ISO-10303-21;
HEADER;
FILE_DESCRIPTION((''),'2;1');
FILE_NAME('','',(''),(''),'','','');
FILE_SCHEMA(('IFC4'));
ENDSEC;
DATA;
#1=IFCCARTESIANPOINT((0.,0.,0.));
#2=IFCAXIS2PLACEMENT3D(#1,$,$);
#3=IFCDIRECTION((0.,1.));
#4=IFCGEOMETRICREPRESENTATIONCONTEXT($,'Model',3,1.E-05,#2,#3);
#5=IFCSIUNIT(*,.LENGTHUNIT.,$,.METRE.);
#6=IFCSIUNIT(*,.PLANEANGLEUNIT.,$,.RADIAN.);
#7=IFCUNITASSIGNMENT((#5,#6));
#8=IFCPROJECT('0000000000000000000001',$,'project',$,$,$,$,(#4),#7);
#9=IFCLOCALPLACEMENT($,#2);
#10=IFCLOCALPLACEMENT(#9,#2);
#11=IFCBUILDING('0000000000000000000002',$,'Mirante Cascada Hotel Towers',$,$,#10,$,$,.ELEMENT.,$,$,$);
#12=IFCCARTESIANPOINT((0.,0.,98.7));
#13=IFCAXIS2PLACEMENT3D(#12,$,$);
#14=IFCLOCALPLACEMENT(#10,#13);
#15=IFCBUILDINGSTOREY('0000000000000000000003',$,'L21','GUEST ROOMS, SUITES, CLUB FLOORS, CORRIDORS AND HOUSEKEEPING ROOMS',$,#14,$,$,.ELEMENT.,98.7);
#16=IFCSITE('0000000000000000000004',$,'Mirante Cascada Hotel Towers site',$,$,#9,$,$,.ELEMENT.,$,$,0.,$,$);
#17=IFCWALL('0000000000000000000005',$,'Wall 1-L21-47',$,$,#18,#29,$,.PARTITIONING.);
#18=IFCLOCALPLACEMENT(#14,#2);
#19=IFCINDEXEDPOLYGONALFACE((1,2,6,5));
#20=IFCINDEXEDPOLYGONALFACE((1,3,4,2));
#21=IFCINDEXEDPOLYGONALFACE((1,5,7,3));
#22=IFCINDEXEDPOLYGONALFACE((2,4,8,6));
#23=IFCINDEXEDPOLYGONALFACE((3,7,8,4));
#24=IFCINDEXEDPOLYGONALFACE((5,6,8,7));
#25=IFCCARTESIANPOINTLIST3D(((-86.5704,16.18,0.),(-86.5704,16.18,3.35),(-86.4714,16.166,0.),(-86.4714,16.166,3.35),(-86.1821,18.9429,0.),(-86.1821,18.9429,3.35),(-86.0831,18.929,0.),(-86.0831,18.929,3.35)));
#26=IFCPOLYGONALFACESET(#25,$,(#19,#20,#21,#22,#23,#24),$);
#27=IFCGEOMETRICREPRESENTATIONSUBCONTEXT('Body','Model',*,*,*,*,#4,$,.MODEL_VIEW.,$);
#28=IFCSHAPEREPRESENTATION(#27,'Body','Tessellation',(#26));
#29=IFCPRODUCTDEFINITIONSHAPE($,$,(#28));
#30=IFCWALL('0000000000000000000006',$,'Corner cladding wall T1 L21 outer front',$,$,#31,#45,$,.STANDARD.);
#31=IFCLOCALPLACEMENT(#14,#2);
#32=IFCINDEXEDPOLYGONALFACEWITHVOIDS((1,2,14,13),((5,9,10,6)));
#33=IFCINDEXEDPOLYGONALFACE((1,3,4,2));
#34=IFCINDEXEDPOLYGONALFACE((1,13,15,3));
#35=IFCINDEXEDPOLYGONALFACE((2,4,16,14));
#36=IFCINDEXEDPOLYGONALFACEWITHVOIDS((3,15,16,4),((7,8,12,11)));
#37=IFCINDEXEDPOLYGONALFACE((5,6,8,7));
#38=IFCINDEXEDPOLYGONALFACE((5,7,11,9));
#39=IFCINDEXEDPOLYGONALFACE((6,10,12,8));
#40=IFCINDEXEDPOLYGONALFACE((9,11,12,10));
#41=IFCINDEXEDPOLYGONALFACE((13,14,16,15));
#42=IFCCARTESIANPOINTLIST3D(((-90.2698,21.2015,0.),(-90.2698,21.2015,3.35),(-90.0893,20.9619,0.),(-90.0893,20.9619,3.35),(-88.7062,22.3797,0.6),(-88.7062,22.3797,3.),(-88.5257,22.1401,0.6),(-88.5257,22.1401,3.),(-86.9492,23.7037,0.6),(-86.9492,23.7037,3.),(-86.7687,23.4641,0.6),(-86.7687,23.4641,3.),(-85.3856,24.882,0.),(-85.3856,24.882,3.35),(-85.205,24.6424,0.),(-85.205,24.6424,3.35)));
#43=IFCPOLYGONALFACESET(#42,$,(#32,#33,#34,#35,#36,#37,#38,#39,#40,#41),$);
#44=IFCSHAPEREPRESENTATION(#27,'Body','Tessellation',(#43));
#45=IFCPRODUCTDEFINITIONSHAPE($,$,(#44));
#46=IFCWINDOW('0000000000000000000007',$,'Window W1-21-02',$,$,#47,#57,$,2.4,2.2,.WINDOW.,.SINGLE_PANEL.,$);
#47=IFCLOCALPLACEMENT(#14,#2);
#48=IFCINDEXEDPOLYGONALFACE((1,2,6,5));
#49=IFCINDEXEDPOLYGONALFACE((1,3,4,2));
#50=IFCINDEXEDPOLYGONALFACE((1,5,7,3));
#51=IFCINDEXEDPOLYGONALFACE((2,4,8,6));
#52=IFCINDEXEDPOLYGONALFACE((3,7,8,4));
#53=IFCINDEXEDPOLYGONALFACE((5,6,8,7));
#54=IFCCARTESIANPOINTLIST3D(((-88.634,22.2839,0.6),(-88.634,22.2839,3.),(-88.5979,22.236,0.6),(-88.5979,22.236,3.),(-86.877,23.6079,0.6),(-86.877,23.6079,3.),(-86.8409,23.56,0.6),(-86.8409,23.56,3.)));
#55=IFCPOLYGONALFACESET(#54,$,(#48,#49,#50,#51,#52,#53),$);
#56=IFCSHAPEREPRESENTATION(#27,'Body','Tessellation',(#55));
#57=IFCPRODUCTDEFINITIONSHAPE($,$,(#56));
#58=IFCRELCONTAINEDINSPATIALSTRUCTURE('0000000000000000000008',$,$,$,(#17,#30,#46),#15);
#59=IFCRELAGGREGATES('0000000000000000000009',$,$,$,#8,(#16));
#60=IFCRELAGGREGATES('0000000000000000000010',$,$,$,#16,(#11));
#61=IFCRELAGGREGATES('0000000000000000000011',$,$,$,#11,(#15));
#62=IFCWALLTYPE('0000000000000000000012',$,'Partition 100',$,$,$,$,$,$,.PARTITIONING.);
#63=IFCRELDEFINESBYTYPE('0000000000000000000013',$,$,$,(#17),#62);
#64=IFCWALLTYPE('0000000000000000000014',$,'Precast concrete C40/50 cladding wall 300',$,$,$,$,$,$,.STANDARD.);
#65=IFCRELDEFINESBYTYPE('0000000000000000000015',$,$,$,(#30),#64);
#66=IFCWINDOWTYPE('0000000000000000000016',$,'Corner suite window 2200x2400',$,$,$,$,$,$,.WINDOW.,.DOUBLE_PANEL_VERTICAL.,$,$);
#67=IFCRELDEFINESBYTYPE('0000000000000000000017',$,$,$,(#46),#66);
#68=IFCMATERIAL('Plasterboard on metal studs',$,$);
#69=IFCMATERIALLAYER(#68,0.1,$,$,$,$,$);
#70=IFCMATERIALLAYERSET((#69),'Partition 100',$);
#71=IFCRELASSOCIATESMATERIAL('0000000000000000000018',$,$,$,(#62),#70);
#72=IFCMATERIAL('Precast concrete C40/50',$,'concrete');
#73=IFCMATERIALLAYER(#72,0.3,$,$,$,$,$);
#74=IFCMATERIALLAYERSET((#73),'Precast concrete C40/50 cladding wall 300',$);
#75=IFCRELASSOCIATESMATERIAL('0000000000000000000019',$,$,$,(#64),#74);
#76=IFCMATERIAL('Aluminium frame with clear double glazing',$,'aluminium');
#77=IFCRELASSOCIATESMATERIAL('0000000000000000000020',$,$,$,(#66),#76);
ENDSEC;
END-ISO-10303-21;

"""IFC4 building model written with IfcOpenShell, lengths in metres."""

from ifc_helpers import new_model, si_unit, direction, frame, frame_2d, origin, place, context, subcontext, project, spatial, rectangle, extrude, material, layer, layer_set, type_object, element, fill, save


model = new_model("IFC4")

# Units and contexts
model_context = context("Model", 3, precision=1e-05, world=origin(), true_north=direction((0.0, 1.0)))
body_context = subcontext(model_context, "Body", "Model", "MODEL_VIEW")
ifc_project = project(units=[si_unit("LENGTHUNIT", "METRE"), si_unit("PLANEANGLEUNIT", "RADIAN")], contexts=[model_context])

# Site, building, storey
site_placement = place(None, origin())
site = spatial("IfcSite", under=ifc_project, at=site_placement, Name="Mirante Cascada Hotel Towers site", CompositionType="ELEMENT", RefElevation=0.0)
building_placement = place(site_placement, origin())
building = spatial("IfcBuilding", under=site, at=building_placement, Name="Mirante Cascada Hotel Towers", CompositionType="ELEMENT")
storey_placement = place(building_placement, frame((0.0, 0.0, 98.7)))
storey = spatial("IfcBuildingStorey", under=building, at=storey_placement, Name="L21", Description="GUEST ROOMS, SUITES, CLUB FLOORS, CORRIDORS AND HOUSEKEEPING ROOMS", CompositionType="ELEMENT", Elevation=98.7)

# Shared definitions
ifc_material_1 = material(Name="Plasterboard on metal studs")
ifc_layer_1 = layer(ifc_material_1, 0.1)
ifc_layer_set_1 = layer_set([ifc_layer_1], Name="Partition 100")
wall_type_1 = type_object("IfcWallType", Name="Partition 100", PredefinedType="PARTITIONING", material=ifc_layer_set_1)

# Wall
wall_1_placement = place(storey_placement, frame((-86.1326, 18.9359, 0.0), z_axis=(0.0, 0.0, 1.0), x_axis=(-0.139173, -0.990268, 0.0)))
element("IfcWall", 1, at=wall_1_placement, inside=storey, type_object=wall_type_1, Name="Wall 1-L21-47", PredefinedType="PARTITIONING", context=body_context, shape_type="SweptSolid", body=[
    extrude(rectangle(XDim=2.7901, YDim=0.1, at=frame_2d((1.395, 0.0))), origin(), (0.0, 0.0, 1.0), 3.35),
])

# Wall, opening, window
ifc_material_2 = material(Name="Precast concrete C40/50", Category="concrete")
ifc_layer_2 = layer(ifc_material_2, 0.3)
ifc_layer_set_2 = layer_set([ifc_layer_2], Name="Precast concrete C40/50 cladding wall 300")
wall_type_2 = type_object("IfcWallType", Name="Precast concrete C40/50 cladding wall 300", PredefinedType="STANDARD", material=ifc_layer_set_2)
wall_2_placement = place(storey_placement, frame((-90.1795, 21.0817, 0.0), z_axis=(0.0, 0.0, 1.0), x_axis=(0.798636, 0.601814, 0.0)))
wall_2 = element("IfcWall", 2, at=wall_2_placement, inside=storey, type_object=wall_type_2, Name="Corner cladding wall T1 L21 outer front", PredefinedType="STANDARD", context=body_context, shape_type="SweptSolid", body=[
    extrude(rectangle(XDim=6.1157, YDim=0.3, at=frame_2d((3.0578, 0.0))), origin(), (0.0, 0.0, 1.0), 3.35),
])
opening_1_placement = place(wall_2_placement, frame((1.9578, 0.0, 0.6)))
opening_1 = element("IfcOpeningElement", 3, at=opening_1_placement, cuts=wall_2, PredefinedType="OPENING", context=body_context, shape_type="SweptSolid", body=[
    extrude(rectangle(XDim=2.2, YDim=2.4, at=frame_2d((1.1, 1.2))), frame((0.0, 0.15, 0.0), z_axis=(0.0, -1.0, 0.0), x_axis=(1.0, 0.0, 0.0)), (0.0, 0.0, 1.0), 0.3),
])
ifc_material_3 = material(Name="Aluminium frame with clear double glazing", Category="aluminium")
window_type = type_object("IfcWindowType", Name="Corner suite window 2200x2400", PartitioningType="DOUBLE_PANEL_VERTICAL", PredefinedType="WINDOW", material=ifc_material_3)
window_placement = place(opening_1_placement, origin())
window = element("IfcWindow", 4, at=window_placement, inside=storey, type_object=window_type, Name="Window W1-21-02", OverallHeight=2.4, OverallWidth=2.2, PartitioningType="SINGLE_PANEL", PredefinedType="WINDOW", context=body_context, shape_type="SweptSolid", body=[
    extrude(rectangle(XDim=2.2, YDim=2.4, at=frame_2d((1.1, 1.2))), frame((0.0, 0.03, 0.0), z_axis=(0.0, -1.0, 0.0), x_axis=(1.0, 0.0, 0.0)), (0.0, 0.0, 1.0), 0.06),
])
fill(opening_1, window)

save(model, "model.ifc")
